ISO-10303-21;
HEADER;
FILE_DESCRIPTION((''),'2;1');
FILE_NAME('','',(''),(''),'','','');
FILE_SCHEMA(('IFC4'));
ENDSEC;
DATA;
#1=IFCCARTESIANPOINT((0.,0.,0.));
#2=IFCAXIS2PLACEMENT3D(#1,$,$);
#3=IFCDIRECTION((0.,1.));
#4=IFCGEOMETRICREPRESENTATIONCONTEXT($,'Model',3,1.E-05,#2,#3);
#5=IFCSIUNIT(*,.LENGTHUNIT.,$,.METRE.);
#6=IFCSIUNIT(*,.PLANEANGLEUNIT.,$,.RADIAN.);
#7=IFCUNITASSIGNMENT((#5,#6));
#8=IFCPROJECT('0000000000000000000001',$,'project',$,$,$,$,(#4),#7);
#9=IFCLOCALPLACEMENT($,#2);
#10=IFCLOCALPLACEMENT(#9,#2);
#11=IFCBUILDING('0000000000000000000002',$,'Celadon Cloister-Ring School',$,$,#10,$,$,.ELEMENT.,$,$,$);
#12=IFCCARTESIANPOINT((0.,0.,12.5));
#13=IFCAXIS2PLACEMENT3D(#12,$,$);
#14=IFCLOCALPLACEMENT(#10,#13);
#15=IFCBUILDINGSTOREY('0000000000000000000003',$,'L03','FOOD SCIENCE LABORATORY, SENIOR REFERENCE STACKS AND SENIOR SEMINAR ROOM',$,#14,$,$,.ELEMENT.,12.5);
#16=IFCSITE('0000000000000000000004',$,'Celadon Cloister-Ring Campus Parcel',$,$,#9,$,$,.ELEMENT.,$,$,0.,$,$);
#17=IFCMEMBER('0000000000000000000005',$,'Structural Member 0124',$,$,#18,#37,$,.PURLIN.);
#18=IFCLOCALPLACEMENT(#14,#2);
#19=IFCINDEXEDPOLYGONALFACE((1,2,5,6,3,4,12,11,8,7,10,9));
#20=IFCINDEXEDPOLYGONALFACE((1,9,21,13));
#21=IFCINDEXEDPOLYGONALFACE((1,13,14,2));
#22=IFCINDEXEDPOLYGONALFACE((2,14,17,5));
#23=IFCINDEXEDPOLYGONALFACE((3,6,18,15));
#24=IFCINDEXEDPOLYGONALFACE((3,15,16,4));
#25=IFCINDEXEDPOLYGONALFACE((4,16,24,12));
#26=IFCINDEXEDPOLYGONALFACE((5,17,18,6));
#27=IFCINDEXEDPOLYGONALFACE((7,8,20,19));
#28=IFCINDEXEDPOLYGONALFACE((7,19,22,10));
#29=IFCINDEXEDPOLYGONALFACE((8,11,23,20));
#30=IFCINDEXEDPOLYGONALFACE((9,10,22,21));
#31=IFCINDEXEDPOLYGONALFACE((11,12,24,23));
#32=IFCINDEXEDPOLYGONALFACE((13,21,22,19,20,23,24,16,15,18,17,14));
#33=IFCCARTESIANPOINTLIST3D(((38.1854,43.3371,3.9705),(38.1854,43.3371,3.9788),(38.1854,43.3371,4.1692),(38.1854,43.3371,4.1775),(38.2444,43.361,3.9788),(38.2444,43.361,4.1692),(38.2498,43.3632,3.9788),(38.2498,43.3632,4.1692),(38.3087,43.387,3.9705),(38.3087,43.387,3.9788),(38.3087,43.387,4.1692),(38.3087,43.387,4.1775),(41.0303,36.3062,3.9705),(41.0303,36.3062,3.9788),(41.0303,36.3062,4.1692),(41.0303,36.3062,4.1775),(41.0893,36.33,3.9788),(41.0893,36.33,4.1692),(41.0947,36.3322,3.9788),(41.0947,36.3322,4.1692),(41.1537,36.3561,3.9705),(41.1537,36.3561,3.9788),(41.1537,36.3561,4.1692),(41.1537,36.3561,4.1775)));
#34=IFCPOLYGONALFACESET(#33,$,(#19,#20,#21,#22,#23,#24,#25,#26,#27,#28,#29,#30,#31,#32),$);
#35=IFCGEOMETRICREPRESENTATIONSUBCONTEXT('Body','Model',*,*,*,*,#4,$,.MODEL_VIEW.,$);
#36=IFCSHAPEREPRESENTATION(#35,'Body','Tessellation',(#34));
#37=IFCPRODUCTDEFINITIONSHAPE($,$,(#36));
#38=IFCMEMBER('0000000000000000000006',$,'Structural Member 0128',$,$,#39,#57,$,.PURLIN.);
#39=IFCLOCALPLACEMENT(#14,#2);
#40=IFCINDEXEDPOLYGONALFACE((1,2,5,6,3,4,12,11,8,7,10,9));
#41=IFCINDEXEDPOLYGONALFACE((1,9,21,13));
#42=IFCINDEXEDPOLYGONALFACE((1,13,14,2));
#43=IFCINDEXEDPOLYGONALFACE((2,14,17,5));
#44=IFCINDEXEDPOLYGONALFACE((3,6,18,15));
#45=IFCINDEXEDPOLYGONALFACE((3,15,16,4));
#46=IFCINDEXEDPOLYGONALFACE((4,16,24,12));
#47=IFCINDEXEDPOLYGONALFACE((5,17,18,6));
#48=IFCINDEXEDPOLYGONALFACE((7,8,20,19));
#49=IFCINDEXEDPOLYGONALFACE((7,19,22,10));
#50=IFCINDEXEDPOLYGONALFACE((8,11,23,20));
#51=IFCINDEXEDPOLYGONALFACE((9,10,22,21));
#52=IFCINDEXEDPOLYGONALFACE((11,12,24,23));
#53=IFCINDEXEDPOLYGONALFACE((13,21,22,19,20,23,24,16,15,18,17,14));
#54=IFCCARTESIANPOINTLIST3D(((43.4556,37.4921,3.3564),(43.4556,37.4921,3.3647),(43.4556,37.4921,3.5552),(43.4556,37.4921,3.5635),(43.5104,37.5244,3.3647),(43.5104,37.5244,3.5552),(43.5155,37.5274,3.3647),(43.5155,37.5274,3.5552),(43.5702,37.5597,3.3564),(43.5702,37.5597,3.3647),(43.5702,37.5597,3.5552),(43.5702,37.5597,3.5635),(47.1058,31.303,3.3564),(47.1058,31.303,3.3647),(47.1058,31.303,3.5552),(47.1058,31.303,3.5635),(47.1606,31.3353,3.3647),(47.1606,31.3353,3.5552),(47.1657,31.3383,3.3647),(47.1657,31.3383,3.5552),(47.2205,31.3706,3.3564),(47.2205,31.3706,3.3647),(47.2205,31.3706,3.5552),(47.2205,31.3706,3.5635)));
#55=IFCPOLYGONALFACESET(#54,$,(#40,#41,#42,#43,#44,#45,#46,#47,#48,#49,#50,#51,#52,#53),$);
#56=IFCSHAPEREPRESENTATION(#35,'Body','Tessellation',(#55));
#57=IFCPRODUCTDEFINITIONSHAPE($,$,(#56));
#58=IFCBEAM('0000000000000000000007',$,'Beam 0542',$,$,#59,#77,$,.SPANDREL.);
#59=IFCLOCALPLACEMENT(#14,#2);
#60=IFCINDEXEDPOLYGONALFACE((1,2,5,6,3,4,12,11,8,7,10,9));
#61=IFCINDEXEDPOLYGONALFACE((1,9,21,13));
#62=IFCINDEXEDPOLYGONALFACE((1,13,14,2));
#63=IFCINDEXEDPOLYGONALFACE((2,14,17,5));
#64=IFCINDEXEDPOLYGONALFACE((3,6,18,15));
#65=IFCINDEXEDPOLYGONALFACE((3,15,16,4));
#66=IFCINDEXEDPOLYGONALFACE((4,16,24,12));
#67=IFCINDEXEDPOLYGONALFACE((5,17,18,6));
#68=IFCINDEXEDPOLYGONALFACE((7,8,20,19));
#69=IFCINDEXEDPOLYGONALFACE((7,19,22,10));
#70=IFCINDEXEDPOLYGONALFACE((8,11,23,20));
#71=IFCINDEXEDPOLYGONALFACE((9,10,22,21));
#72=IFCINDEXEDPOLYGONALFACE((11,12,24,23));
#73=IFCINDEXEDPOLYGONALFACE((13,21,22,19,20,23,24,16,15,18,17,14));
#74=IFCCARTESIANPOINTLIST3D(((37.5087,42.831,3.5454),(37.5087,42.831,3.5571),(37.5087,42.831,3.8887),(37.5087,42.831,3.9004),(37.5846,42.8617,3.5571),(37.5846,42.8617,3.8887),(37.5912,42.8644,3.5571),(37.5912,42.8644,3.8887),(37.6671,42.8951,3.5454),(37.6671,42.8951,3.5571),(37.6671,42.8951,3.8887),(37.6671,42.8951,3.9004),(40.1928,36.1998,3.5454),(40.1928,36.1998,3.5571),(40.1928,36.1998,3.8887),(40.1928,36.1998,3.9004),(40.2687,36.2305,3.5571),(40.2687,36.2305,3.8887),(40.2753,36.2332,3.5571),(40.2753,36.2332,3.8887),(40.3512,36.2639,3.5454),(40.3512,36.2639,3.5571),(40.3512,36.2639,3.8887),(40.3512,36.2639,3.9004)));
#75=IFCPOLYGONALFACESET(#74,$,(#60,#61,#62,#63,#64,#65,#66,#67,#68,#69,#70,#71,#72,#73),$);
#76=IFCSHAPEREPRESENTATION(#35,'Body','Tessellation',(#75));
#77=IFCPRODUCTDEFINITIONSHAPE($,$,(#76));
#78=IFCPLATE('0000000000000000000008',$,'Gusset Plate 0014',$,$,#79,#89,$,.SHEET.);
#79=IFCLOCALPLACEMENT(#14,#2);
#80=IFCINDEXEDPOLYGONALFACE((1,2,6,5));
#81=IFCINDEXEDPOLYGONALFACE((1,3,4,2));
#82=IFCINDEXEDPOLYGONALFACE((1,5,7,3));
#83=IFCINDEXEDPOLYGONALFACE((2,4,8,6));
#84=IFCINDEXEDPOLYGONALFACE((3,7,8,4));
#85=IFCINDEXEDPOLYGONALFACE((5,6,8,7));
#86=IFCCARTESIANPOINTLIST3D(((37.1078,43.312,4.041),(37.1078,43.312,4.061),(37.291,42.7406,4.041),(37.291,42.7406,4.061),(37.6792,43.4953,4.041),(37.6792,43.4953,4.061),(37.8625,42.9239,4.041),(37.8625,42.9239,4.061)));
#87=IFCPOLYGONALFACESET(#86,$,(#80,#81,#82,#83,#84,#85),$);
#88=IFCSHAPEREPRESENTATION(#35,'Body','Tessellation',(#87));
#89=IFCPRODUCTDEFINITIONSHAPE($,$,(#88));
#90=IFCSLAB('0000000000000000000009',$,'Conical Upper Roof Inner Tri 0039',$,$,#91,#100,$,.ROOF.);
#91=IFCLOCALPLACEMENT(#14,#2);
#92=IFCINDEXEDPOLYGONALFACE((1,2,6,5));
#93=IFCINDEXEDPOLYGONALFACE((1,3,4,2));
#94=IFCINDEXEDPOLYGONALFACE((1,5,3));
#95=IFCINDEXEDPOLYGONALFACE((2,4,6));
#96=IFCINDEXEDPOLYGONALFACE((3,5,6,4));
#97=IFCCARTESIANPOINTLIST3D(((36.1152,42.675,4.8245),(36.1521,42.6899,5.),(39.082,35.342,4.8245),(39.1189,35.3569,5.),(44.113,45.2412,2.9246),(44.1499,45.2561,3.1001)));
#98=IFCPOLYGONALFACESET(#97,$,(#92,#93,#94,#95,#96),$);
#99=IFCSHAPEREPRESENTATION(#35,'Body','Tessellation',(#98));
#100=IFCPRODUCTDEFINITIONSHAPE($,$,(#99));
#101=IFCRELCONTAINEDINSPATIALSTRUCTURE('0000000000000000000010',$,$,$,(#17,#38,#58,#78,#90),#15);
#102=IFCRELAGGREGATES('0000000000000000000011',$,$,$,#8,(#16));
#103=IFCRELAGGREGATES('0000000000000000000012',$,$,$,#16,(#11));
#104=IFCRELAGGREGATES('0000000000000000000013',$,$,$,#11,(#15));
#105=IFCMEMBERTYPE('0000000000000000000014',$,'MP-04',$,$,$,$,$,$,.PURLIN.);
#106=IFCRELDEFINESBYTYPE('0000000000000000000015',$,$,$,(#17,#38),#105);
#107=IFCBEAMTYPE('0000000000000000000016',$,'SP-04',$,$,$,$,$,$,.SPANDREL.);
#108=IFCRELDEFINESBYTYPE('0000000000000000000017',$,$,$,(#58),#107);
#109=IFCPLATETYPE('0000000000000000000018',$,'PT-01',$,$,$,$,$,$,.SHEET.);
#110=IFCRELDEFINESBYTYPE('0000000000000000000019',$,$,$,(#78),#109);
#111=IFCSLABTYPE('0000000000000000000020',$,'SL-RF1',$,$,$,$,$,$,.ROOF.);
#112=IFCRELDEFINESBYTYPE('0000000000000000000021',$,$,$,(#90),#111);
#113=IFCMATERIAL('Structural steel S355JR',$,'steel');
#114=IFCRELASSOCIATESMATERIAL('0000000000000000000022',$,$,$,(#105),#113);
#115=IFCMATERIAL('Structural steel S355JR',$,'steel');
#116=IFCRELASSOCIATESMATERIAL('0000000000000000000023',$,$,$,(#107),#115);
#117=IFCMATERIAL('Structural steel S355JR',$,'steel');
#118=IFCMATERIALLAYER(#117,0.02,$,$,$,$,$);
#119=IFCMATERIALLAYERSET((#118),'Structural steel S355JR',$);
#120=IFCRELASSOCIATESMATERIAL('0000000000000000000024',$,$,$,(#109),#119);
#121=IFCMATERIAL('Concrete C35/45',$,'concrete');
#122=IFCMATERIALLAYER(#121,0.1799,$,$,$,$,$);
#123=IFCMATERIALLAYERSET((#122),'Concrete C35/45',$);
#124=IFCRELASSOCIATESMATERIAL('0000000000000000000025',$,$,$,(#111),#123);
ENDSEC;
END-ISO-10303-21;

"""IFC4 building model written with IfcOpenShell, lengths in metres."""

from ifc_helpers import new_model, si_unit, direction, frame, origin, origin_2d, place, context, subcontext, project, spatial, polyline, rectangle, i_section, outline, extrude, material, layer, layer_set, material_profile, profile_set, type_object, element, save


model = new_model("IFC4")

# Units and contexts
model_context = context("Model", 3, precision=1e-05, world=origin(), true_north=direction((0.0, 1.0)))
body_context = subcontext(model_context, "Body", "Model", "MODEL_VIEW")
ifc_project = project(units=[si_unit("LENGTHUNIT", "METRE"), si_unit("PLANEANGLEUNIT", "RADIAN")], contexts=[model_context])

# Site, building, storey
site_placement = place(None, origin())
site = spatial("IfcSite", under=ifc_project, at=site_placement, Name="Celadon Cloister-Ring Campus Parcel", CompositionType="ELEMENT", RefElevation=0.0)
building_placement = place(site_placement, origin())
building = spatial("IfcBuilding", under=site, at=building_placement, Name="Celadon Cloister-Ring School", CompositionType="ELEMENT")
storey_placement = place(building_placement, frame((0.0, 0.0, 12.5)))
storey = spatial("IfcBuildingStorey", under=building, at=storey_placement, Name="L03", Description="FOOD SCIENCE LABORATORY, SENIOR REFERENCE STACKS AND SENIOR SEMINAR ROOM", CompositionType="ELEMENT", Elevation=12.5)

# Members
ifc_material_1 = material(Name="Structural steel S355JR", Category="steel")
ifc_material_profile_1 = material_profile(ifc_material_1, i_section(OverallWidth=0.1331, OverallDepth=0.207, WebThickness=0.0059, FlangeThickness=0.0083, at=origin_2d()), Name="W200X27")
ifc_profile_set_1 = profile_set([ifc_material_profile_1], Name="Structural steel S355JR")
member_type_1 = type_object("IfcMemberType", Name="MP-04", PredefinedType="PURLIN", material=ifc_profile_set_1)
member_1_placement = place(storey_placement, frame((38.2471, 43.3621, 4.074), z_axis=(0.375089, -0.926989, 0.0), x_axis=(0.926989, 0.375089, 0.0)))
element("IfcMember", 1, at=member_1_placement, inside=storey, type_object=member_type_1, Name="Structural Member 0124", PredefinedType="PURLIN", context=body_context, shape_type="SweptSolid", body=[
    extrude(i_section(OverallWidth=0.1331, OverallDepth=0.207, WebThickness=0.0059, FlangeThickness=0.0083, at=origin_2d()), origin(), (0.0, 0.0, 1.0), 7.5847),
])
member_2_placement = place(storey_placement, frame((43.5129, 37.5259, 3.46), z_axis=(0.50801, -0.861351, 0.0), x_axis=(0.861351, 0.50801, 0.0)))
element("IfcMember", 2, at=member_2_placement, inside=storey, type_object=member_type_1, Name="Structural Member 0128", PredefinedType="PURLIN", context=body_context, shape_type="SweptSolid", body=[
    extrude(i_section(OverallWidth=0.1331, OverallDepth=0.207, WebThickness=0.0059, FlangeThickness=0.0083, at=origin_2d()), origin(), (0.0, 0.0, 1.0), 7.1853),
])

# Beam
ifc_material_2 = material(Name="Structural steel S355JR", Category="steel")
ifc_material_profile_2 = material_profile(ifc_material_2, i_section(OverallWidth=0.1709, OverallDepth=0.355, WebThickness=0.0071, FlangeThickness=0.0117, at=origin_2d()), Name="W360X51")
ifc_profile_set_2 = profile_set([ifc_material_profile_2], Name="Structural steel S355JR")
beam_type_1 = type_object("IfcBeamType", Name="SP-04", PredefinedType="SPANDREL", material=ifc_profile_set_2)
beam_1_placement = place(storey_placement, frame((37.5879, 42.863, 3.7229), z_axis=(0.3752, -0.926944, 0.0), x_axis=(0.926944, 0.3752, 0.0)))
element("IfcBeam", 3, at=beam_1_placement, inside=storey, type_object=beam_type_1, Name="Beam 0542", PredefinedType="SPANDREL", context=body_context, shape_type="SweptSolid", body=[
    extrude(i_section(OverallWidth=0.1709, OverallDepth=0.355, WebThickness=0.0071, FlangeThickness=0.0117, at=origin_2d()), origin(), (0.0, 0.0, 1.0), 7.1538),
])

# Plate
ifc_material_3 = material(Name="Structural steel S355JR", Category="steel")
ifc_layer_1 = layer(ifc_material_3, 0.02)
ifc_layer_set_1 = layer_set([ifc_layer_1], Name="Structural steel S355JR")
plate_type = type_object("IfcPlateType", Name="PT-01", PredefinedType="SHEET", material=ifc_layer_set_1)
plate_placement = place(storey_placement, frame((37.4851, 43.1179, 4.041), z_axis=(0.0, 0.0, 1.0), x_axis=(-0.952215, -0.305429, 0.0)))
element("IfcPlate", 4, at=plate_placement, inside=storey, type_object=plate_type, Name="Gusset Plate 0014", PredefinedType="SHEET", context=body_context, shape_type="SweptSolid", body=[
    extrude(rectangle(XDim=0.6001, YDim=0.6001, at=origin_2d()), origin(), (0.0, 0.0, 1.0), 0.02),
])

# Slab
ifc_material_4 = material(Name="Concrete C35/45", Category="concrete")
ifc_layer_2 = layer(ifc_material_4, 0.1799)
ifc_layer_set_2 = layer_set([ifc_layer_2], Name="Concrete C35/45")
slab_type = type_object("IfcSlabType", Name="SL-RF1", PredefinedType="ROOF", material=ifc_layer_set_2)
slab_placement = place(storey_placement, frame((44.1499, 45.2561, 3.1001), z_axis=(0.20505, 0.08296, 0.975229), x_axis=(-0.928724, -0.297989, 0.220621)))
element("IfcSlab", 5, at=slab_placement, inside=storey, type_object=slab_type, Name="Conical Upper Roof Inner Tri 0039", PredefinedType="ROOF", context=body_context, shape_type="SweptSolid", body=[
    extrude(outline(polyline([(0.0, 0.0), (8.6116, 0.0), (8.0414, 7.8899), (0.0, 0.0)])), origin(), (0.0, 0.0, -1.0), 0.1799),
])

save(model, "model.ifc")
